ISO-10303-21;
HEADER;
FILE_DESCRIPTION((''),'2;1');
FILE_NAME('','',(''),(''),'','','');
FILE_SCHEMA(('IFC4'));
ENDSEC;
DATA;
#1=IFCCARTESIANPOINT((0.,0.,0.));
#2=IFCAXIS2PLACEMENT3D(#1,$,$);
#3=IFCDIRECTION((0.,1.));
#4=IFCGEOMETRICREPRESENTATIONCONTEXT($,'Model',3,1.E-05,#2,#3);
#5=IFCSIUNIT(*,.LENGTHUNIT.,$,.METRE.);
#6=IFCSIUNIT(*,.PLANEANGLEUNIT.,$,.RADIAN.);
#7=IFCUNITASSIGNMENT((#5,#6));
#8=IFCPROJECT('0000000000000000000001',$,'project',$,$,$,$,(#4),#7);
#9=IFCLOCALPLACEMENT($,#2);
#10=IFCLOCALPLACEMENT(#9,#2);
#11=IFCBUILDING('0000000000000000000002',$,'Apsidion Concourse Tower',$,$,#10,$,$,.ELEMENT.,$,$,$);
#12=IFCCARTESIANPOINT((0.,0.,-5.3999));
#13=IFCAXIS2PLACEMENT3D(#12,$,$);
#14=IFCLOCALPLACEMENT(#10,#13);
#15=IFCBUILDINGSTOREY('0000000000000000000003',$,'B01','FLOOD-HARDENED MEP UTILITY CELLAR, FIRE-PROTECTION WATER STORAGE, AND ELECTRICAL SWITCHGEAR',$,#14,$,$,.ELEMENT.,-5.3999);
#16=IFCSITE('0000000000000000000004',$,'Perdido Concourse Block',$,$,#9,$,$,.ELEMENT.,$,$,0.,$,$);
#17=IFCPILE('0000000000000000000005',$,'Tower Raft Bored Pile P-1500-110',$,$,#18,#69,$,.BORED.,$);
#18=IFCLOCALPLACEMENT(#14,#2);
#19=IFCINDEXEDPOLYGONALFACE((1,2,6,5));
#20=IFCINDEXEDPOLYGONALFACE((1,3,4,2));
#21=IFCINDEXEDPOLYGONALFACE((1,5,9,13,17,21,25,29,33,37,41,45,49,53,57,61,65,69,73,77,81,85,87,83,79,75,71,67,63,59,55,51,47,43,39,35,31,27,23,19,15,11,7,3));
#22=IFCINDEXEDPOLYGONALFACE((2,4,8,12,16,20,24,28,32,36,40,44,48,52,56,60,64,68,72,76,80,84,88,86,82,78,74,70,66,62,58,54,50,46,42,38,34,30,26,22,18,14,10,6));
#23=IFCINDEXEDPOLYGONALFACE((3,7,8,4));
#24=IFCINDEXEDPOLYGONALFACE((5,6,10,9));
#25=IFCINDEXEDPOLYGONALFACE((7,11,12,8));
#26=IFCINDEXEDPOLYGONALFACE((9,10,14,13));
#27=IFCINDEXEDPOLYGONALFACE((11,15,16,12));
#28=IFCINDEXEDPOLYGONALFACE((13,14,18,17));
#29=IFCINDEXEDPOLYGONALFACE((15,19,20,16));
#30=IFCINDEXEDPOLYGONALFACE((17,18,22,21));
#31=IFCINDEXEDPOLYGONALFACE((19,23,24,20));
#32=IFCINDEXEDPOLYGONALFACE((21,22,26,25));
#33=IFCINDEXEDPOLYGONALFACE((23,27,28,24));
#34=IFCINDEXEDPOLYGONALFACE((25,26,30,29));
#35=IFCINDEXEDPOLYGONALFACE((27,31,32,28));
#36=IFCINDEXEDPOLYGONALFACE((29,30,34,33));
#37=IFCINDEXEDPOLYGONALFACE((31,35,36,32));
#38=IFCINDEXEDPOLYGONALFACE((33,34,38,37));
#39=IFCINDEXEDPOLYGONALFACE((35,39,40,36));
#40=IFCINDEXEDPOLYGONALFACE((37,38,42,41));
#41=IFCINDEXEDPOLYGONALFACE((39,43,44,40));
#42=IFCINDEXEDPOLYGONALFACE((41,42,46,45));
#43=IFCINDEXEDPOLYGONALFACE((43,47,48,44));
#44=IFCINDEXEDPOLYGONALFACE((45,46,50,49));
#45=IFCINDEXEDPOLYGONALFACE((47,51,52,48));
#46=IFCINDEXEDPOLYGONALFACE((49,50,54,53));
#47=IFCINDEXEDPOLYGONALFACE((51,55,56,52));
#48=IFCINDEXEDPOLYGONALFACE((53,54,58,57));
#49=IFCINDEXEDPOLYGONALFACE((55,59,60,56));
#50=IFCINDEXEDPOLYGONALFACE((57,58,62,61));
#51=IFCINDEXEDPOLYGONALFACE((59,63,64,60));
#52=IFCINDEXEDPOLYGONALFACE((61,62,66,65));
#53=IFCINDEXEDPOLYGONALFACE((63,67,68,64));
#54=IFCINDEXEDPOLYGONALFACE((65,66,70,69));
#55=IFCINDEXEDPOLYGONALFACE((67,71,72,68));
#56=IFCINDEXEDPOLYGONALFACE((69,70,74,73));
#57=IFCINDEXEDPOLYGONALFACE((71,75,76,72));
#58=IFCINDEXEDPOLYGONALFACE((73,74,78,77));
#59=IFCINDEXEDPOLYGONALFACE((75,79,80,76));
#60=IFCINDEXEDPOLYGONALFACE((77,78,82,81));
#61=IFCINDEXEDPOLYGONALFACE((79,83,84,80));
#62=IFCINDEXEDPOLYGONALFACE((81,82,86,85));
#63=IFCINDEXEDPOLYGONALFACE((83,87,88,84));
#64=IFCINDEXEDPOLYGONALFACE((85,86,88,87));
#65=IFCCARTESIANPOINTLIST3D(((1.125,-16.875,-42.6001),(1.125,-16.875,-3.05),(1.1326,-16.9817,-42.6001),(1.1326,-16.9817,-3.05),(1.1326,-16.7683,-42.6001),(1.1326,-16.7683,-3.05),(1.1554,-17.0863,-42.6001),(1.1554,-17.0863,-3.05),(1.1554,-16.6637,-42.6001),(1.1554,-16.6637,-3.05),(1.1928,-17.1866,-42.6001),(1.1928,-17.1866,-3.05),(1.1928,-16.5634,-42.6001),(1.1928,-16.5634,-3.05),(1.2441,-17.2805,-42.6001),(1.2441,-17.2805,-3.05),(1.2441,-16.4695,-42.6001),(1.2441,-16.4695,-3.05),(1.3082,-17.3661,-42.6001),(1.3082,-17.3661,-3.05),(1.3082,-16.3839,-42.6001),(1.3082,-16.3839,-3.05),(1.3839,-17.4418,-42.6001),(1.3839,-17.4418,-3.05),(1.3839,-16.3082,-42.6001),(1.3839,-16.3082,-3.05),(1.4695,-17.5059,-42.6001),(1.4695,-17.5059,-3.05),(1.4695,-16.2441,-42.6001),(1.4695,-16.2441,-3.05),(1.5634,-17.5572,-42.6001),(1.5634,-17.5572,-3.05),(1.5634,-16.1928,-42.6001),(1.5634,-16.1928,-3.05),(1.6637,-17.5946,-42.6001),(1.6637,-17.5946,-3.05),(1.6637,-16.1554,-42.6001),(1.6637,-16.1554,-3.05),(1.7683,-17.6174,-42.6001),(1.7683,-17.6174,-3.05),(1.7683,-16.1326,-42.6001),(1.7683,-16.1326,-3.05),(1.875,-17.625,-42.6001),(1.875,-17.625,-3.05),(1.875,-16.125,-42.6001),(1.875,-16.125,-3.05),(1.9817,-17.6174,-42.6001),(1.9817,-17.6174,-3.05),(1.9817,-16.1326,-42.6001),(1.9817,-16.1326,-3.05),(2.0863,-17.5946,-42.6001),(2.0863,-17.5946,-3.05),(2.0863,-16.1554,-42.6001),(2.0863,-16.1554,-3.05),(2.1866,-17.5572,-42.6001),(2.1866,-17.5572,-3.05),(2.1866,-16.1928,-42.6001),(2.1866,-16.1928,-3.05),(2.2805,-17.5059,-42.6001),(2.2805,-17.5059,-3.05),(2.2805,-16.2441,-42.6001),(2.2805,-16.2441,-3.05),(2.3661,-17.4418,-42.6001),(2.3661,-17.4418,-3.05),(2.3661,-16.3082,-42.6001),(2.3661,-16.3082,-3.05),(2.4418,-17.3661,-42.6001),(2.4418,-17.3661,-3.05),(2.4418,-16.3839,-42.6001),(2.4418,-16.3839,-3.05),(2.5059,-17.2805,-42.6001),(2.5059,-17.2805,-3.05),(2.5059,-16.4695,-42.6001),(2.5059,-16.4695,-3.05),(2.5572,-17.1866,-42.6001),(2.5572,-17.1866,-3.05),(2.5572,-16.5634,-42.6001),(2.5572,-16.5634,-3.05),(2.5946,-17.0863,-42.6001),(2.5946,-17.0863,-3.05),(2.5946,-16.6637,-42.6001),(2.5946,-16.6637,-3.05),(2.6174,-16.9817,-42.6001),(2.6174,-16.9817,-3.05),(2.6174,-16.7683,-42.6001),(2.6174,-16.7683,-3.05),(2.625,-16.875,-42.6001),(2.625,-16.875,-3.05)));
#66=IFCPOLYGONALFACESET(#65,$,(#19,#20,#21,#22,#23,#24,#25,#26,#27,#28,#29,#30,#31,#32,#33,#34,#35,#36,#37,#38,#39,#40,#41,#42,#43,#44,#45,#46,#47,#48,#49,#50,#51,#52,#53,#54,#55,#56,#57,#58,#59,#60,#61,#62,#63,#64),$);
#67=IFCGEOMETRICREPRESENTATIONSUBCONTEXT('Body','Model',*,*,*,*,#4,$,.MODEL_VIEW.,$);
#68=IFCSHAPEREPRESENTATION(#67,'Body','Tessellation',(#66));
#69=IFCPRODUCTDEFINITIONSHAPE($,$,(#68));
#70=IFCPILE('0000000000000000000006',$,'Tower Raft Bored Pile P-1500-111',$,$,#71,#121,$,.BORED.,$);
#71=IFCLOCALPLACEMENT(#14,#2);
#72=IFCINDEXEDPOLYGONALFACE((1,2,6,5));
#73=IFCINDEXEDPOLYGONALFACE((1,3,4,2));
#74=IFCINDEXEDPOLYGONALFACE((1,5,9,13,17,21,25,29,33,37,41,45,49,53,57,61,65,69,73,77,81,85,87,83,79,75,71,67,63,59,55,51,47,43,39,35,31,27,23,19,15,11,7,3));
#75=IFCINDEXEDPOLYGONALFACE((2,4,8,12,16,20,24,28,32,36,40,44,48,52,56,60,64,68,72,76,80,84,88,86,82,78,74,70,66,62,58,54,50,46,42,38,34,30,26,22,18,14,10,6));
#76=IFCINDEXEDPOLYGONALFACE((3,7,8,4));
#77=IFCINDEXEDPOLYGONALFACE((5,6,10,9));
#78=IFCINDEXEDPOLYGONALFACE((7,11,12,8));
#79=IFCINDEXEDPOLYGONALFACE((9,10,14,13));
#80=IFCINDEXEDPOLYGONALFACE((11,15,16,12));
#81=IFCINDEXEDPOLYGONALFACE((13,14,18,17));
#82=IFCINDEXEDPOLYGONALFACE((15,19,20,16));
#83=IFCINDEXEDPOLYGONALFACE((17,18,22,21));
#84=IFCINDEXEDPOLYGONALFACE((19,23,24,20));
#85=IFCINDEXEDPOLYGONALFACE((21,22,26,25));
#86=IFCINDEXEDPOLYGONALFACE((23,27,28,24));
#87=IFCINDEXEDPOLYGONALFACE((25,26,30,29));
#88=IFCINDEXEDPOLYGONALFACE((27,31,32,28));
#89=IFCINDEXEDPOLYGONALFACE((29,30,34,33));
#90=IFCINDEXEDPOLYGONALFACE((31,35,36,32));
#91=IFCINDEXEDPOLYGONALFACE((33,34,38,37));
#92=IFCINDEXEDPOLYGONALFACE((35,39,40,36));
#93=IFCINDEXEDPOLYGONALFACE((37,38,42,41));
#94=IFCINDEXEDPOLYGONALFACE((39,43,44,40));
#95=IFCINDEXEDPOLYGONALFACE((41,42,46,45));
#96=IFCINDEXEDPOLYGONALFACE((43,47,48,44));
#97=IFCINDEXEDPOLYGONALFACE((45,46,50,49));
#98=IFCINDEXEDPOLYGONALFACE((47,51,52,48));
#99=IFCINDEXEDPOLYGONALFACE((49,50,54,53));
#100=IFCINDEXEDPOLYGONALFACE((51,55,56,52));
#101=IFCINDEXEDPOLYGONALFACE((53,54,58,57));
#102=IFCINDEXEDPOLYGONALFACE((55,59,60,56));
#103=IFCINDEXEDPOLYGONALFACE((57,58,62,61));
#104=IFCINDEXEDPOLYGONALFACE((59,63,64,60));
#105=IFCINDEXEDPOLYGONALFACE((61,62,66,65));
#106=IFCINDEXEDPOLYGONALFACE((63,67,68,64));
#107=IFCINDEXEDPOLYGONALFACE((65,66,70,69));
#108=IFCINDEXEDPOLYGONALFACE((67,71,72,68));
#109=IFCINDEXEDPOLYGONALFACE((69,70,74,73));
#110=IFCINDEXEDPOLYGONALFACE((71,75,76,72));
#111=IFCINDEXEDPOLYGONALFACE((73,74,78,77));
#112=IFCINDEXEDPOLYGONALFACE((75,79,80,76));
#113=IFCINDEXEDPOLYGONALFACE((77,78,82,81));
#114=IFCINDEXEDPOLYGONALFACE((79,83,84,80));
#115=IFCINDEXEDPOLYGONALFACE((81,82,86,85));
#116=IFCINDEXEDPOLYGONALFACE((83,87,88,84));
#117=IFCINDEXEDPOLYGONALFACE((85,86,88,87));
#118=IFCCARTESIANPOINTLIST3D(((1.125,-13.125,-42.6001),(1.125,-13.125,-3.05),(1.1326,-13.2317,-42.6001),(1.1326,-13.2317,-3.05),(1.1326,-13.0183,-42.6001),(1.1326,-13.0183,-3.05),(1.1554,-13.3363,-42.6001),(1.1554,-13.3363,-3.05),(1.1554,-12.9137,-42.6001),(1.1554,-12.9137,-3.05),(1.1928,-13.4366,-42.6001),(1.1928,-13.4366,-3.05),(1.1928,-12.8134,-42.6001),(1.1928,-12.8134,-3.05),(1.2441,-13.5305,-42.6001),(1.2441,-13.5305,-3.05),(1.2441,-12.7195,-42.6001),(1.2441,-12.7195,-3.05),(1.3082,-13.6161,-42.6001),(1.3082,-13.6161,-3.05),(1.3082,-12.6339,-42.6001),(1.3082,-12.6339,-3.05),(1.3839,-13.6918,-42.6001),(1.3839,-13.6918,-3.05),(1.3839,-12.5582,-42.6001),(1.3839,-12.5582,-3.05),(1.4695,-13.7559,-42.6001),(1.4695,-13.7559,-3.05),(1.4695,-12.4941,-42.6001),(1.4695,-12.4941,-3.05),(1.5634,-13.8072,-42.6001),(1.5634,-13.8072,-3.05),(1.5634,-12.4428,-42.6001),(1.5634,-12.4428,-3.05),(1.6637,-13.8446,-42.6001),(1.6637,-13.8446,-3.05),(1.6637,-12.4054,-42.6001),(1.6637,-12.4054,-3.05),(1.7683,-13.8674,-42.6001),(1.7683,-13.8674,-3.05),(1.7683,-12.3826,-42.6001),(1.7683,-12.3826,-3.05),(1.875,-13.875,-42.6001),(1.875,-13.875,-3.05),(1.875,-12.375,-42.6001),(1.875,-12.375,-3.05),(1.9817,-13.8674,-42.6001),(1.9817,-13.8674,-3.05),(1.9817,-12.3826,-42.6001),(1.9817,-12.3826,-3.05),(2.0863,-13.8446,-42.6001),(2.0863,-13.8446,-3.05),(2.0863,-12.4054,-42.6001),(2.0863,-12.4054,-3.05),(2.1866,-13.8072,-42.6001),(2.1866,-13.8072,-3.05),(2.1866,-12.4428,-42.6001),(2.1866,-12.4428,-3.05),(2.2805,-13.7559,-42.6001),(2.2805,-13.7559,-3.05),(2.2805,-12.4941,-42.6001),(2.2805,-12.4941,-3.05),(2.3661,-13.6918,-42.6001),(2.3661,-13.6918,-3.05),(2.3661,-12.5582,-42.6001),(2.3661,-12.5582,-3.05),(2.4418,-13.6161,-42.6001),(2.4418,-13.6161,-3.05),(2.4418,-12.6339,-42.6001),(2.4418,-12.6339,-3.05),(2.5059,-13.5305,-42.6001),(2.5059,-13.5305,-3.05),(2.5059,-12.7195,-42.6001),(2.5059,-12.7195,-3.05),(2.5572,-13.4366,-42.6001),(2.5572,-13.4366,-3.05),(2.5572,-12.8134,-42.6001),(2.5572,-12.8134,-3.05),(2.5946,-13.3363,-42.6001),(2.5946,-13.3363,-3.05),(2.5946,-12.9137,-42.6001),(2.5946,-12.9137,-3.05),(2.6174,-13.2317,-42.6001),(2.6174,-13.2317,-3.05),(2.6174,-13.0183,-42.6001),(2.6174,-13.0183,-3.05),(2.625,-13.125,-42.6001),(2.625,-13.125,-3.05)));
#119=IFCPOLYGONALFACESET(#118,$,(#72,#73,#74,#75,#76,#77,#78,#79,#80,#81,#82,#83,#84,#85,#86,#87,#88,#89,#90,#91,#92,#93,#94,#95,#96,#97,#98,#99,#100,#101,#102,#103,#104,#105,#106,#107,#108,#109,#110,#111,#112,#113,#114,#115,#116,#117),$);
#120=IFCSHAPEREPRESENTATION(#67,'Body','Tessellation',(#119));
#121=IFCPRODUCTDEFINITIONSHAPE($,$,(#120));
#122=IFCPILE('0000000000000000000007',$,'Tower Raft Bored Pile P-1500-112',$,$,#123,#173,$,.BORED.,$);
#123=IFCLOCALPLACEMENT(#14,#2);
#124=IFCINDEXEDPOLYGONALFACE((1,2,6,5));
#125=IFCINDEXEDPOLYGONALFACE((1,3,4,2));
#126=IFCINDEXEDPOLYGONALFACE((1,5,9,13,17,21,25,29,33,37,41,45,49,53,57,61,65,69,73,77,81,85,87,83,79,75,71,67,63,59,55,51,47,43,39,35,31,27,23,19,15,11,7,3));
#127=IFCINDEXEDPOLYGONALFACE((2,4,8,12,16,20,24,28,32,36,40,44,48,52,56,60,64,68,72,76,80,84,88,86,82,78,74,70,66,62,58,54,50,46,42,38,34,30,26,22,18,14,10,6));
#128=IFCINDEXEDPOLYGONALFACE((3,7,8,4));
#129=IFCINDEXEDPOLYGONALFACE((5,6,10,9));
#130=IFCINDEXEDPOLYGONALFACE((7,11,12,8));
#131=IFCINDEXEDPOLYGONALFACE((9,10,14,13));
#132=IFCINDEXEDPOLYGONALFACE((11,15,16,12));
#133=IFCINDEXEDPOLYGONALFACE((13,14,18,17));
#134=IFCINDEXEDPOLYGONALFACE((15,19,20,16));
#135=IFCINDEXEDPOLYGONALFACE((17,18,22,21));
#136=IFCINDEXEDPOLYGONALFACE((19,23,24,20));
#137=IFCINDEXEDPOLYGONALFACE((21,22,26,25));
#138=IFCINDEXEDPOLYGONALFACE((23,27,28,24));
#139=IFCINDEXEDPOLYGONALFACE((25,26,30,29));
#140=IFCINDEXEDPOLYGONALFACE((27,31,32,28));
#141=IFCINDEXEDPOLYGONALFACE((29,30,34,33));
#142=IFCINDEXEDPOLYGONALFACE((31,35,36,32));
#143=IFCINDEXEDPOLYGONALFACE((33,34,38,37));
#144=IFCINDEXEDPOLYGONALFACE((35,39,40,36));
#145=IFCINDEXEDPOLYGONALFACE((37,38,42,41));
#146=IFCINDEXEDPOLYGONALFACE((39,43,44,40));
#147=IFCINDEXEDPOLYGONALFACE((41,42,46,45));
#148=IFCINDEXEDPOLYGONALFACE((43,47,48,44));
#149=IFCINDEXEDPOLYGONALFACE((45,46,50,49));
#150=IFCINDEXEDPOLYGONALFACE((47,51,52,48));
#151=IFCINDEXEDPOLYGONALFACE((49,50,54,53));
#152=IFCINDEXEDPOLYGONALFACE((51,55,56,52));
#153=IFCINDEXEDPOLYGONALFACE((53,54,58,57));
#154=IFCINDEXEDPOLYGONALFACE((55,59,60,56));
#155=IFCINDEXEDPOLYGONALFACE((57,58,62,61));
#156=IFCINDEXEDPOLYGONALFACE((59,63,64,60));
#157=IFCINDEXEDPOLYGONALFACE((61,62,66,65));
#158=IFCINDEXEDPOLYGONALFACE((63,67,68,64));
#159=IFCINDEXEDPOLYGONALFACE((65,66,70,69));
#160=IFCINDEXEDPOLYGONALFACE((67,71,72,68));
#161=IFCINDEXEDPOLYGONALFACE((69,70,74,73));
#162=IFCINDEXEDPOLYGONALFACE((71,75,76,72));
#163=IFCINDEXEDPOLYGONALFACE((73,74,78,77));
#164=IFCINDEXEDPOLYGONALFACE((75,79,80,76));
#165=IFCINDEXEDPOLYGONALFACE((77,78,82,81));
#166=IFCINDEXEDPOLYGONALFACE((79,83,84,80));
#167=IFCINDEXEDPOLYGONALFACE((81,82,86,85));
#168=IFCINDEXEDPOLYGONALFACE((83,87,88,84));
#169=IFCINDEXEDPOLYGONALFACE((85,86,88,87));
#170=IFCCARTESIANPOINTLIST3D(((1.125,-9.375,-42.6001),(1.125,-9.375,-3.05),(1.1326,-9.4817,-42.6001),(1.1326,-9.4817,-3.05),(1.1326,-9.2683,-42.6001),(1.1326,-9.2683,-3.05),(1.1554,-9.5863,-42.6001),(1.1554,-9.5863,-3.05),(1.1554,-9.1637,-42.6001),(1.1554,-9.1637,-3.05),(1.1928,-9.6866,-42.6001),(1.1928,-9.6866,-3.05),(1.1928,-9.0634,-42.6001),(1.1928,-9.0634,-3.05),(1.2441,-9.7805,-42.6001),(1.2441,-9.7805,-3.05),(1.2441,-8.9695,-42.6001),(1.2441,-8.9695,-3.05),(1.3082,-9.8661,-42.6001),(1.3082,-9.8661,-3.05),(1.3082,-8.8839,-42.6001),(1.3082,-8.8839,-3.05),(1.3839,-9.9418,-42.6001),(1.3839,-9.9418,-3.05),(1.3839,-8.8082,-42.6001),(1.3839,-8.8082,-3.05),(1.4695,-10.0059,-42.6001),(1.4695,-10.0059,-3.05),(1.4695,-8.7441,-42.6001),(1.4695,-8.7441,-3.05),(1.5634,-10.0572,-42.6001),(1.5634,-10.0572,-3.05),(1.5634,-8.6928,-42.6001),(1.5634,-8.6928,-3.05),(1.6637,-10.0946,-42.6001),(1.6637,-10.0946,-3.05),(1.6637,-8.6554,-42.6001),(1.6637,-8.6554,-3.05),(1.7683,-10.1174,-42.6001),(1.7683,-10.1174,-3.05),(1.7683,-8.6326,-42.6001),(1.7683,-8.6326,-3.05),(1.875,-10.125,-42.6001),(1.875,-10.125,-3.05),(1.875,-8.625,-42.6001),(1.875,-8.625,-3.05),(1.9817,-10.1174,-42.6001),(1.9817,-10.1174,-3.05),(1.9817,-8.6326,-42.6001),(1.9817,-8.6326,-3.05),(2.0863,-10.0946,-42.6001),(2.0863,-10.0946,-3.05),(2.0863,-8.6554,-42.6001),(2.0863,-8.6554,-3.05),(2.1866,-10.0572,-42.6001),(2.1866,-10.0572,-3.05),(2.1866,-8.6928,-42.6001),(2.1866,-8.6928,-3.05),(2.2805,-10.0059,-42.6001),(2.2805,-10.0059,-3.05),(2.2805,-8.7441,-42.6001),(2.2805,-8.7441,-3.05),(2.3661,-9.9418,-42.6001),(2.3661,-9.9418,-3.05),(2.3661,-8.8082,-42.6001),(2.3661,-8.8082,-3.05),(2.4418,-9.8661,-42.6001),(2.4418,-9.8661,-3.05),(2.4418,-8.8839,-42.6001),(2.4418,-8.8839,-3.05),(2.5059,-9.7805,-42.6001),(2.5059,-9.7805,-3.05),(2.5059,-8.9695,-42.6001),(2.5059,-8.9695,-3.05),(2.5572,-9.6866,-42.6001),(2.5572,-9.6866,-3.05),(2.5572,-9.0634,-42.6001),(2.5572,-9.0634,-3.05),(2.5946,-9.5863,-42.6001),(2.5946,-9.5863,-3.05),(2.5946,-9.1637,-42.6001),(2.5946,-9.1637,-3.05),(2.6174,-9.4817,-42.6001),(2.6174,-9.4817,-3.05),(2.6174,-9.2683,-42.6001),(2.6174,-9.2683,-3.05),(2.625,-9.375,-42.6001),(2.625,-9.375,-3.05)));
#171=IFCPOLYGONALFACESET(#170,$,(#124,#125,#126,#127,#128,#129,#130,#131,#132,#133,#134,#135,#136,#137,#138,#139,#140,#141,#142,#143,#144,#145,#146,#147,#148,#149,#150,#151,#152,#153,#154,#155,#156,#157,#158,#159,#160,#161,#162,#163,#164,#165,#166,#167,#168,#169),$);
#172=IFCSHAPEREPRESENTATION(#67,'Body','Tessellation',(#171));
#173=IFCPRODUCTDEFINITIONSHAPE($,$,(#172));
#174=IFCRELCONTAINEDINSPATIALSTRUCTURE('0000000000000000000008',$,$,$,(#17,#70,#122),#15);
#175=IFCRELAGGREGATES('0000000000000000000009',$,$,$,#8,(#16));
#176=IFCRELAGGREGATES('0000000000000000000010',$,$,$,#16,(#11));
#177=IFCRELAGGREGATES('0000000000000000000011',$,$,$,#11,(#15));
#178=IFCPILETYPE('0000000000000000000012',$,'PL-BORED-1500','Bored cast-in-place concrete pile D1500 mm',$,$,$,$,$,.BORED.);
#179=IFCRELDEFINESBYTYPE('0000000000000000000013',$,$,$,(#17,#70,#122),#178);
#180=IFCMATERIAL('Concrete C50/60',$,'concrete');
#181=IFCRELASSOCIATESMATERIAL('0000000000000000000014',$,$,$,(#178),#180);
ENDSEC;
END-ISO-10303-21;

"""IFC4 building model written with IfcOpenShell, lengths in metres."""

from ifc_helpers import new_model, si_unit, direction, frame, origin, origin_2d, place, context, subcontext, project, spatial, circle, extrude, material, material_profile, profile_set, type_object, element, save


model = new_model("IFC4")

# Units and contexts
model_context = context("Model", 3, precision=1e-05, world=origin(), true_north=direction((0.0, 1.0)))
body_context = subcontext(model_context, "Body", "Model", "MODEL_VIEW")
ifc_project = project(units=[si_unit("LENGTHUNIT", "METRE"), si_unit("PLANEANGLEUNIT", "RADIAN")], contexts=[model_context])

# Site, building, storey
site_placement = place(None, origin())
site = spatial("IfcSite", under=ifc_project, at=site_placement, Name="Perdido Concourse Block", CompositionType="ELEMENT", RefElevation=0.0)
building_placement = place(site_placement, origin())
building = spatial("IfcBuilding", under=site, at=building_placement, Name="Apsidion Concourse Tower", CompositionType="ELEMENT")
storey_placement = place(building_placement, frame((0.0, 0.0, -5.3999)))
storey = spatial("IfcBuildingStorey", under=building, at=storey_placement, Name="B01", Description="FLOOD-HARDENED MEP UTILITY CELLAR, FIRE-PROTECTION WATER STORAGE, AND ELECTRICAL SWITCHGEAR", CompositionType="ELEMENT", Elevation=-5.3999)

# Shared definitions
ifc_material_1 = material(Name="Concrete C50/60", Category="concrete")

# Piles
ifc_material_profile_1 = material_profile(ifc_material_1, circle(Radius=0.75, at=origin_2d()), Name="BORED PILE D1500")
ifc_profile_set_1 = profile_set([ifc_material_profile_1], Name="Concrete C50/60")
pile_type_1 = type_object("IfcPileType", Name="PL-BORED-1500", Description="Bored cast-in-place concrete pile D1500 mm", PredefinedType="BORED", material=ifc_profile_set_1)
for number, where, z_axis, x_axis, name in (
    (1, (1.875, -16.875, -3.05), (0.0, 0.0, -1.0), (1.0, 0.0, 0.0), "Tower Raft Bored Pile P-1500-110"),
    (2, (1.875, -13.125, -3.05), (0.0, 0.0, -1.0), (1.0, 0.0, 0.0), "Tower Raft Bored Pile P-1500-111"),
    (3, (1.875, -9.375, -3.05), (0.0, 0.0, -1.0), (1.0, 0.0, 0.0), "Tower Raft Bored Pile P-1500-112"),
):
    element("IfcPile", number, at=place(storey_placement, frame(where, z_axis=z_axis, x_axis=x_axis)), inside=storey, type_object=pile_type_1, Name=name, PredefinedType="BORED", context=body_context, shape_type="SweptSolid", body=[
        extrude(circle(Radius=0.75, at=origin_2d()), origin(), (0.0, 0.0, 1.0), 39.55),
    ])

save(model, "model.ifc")
